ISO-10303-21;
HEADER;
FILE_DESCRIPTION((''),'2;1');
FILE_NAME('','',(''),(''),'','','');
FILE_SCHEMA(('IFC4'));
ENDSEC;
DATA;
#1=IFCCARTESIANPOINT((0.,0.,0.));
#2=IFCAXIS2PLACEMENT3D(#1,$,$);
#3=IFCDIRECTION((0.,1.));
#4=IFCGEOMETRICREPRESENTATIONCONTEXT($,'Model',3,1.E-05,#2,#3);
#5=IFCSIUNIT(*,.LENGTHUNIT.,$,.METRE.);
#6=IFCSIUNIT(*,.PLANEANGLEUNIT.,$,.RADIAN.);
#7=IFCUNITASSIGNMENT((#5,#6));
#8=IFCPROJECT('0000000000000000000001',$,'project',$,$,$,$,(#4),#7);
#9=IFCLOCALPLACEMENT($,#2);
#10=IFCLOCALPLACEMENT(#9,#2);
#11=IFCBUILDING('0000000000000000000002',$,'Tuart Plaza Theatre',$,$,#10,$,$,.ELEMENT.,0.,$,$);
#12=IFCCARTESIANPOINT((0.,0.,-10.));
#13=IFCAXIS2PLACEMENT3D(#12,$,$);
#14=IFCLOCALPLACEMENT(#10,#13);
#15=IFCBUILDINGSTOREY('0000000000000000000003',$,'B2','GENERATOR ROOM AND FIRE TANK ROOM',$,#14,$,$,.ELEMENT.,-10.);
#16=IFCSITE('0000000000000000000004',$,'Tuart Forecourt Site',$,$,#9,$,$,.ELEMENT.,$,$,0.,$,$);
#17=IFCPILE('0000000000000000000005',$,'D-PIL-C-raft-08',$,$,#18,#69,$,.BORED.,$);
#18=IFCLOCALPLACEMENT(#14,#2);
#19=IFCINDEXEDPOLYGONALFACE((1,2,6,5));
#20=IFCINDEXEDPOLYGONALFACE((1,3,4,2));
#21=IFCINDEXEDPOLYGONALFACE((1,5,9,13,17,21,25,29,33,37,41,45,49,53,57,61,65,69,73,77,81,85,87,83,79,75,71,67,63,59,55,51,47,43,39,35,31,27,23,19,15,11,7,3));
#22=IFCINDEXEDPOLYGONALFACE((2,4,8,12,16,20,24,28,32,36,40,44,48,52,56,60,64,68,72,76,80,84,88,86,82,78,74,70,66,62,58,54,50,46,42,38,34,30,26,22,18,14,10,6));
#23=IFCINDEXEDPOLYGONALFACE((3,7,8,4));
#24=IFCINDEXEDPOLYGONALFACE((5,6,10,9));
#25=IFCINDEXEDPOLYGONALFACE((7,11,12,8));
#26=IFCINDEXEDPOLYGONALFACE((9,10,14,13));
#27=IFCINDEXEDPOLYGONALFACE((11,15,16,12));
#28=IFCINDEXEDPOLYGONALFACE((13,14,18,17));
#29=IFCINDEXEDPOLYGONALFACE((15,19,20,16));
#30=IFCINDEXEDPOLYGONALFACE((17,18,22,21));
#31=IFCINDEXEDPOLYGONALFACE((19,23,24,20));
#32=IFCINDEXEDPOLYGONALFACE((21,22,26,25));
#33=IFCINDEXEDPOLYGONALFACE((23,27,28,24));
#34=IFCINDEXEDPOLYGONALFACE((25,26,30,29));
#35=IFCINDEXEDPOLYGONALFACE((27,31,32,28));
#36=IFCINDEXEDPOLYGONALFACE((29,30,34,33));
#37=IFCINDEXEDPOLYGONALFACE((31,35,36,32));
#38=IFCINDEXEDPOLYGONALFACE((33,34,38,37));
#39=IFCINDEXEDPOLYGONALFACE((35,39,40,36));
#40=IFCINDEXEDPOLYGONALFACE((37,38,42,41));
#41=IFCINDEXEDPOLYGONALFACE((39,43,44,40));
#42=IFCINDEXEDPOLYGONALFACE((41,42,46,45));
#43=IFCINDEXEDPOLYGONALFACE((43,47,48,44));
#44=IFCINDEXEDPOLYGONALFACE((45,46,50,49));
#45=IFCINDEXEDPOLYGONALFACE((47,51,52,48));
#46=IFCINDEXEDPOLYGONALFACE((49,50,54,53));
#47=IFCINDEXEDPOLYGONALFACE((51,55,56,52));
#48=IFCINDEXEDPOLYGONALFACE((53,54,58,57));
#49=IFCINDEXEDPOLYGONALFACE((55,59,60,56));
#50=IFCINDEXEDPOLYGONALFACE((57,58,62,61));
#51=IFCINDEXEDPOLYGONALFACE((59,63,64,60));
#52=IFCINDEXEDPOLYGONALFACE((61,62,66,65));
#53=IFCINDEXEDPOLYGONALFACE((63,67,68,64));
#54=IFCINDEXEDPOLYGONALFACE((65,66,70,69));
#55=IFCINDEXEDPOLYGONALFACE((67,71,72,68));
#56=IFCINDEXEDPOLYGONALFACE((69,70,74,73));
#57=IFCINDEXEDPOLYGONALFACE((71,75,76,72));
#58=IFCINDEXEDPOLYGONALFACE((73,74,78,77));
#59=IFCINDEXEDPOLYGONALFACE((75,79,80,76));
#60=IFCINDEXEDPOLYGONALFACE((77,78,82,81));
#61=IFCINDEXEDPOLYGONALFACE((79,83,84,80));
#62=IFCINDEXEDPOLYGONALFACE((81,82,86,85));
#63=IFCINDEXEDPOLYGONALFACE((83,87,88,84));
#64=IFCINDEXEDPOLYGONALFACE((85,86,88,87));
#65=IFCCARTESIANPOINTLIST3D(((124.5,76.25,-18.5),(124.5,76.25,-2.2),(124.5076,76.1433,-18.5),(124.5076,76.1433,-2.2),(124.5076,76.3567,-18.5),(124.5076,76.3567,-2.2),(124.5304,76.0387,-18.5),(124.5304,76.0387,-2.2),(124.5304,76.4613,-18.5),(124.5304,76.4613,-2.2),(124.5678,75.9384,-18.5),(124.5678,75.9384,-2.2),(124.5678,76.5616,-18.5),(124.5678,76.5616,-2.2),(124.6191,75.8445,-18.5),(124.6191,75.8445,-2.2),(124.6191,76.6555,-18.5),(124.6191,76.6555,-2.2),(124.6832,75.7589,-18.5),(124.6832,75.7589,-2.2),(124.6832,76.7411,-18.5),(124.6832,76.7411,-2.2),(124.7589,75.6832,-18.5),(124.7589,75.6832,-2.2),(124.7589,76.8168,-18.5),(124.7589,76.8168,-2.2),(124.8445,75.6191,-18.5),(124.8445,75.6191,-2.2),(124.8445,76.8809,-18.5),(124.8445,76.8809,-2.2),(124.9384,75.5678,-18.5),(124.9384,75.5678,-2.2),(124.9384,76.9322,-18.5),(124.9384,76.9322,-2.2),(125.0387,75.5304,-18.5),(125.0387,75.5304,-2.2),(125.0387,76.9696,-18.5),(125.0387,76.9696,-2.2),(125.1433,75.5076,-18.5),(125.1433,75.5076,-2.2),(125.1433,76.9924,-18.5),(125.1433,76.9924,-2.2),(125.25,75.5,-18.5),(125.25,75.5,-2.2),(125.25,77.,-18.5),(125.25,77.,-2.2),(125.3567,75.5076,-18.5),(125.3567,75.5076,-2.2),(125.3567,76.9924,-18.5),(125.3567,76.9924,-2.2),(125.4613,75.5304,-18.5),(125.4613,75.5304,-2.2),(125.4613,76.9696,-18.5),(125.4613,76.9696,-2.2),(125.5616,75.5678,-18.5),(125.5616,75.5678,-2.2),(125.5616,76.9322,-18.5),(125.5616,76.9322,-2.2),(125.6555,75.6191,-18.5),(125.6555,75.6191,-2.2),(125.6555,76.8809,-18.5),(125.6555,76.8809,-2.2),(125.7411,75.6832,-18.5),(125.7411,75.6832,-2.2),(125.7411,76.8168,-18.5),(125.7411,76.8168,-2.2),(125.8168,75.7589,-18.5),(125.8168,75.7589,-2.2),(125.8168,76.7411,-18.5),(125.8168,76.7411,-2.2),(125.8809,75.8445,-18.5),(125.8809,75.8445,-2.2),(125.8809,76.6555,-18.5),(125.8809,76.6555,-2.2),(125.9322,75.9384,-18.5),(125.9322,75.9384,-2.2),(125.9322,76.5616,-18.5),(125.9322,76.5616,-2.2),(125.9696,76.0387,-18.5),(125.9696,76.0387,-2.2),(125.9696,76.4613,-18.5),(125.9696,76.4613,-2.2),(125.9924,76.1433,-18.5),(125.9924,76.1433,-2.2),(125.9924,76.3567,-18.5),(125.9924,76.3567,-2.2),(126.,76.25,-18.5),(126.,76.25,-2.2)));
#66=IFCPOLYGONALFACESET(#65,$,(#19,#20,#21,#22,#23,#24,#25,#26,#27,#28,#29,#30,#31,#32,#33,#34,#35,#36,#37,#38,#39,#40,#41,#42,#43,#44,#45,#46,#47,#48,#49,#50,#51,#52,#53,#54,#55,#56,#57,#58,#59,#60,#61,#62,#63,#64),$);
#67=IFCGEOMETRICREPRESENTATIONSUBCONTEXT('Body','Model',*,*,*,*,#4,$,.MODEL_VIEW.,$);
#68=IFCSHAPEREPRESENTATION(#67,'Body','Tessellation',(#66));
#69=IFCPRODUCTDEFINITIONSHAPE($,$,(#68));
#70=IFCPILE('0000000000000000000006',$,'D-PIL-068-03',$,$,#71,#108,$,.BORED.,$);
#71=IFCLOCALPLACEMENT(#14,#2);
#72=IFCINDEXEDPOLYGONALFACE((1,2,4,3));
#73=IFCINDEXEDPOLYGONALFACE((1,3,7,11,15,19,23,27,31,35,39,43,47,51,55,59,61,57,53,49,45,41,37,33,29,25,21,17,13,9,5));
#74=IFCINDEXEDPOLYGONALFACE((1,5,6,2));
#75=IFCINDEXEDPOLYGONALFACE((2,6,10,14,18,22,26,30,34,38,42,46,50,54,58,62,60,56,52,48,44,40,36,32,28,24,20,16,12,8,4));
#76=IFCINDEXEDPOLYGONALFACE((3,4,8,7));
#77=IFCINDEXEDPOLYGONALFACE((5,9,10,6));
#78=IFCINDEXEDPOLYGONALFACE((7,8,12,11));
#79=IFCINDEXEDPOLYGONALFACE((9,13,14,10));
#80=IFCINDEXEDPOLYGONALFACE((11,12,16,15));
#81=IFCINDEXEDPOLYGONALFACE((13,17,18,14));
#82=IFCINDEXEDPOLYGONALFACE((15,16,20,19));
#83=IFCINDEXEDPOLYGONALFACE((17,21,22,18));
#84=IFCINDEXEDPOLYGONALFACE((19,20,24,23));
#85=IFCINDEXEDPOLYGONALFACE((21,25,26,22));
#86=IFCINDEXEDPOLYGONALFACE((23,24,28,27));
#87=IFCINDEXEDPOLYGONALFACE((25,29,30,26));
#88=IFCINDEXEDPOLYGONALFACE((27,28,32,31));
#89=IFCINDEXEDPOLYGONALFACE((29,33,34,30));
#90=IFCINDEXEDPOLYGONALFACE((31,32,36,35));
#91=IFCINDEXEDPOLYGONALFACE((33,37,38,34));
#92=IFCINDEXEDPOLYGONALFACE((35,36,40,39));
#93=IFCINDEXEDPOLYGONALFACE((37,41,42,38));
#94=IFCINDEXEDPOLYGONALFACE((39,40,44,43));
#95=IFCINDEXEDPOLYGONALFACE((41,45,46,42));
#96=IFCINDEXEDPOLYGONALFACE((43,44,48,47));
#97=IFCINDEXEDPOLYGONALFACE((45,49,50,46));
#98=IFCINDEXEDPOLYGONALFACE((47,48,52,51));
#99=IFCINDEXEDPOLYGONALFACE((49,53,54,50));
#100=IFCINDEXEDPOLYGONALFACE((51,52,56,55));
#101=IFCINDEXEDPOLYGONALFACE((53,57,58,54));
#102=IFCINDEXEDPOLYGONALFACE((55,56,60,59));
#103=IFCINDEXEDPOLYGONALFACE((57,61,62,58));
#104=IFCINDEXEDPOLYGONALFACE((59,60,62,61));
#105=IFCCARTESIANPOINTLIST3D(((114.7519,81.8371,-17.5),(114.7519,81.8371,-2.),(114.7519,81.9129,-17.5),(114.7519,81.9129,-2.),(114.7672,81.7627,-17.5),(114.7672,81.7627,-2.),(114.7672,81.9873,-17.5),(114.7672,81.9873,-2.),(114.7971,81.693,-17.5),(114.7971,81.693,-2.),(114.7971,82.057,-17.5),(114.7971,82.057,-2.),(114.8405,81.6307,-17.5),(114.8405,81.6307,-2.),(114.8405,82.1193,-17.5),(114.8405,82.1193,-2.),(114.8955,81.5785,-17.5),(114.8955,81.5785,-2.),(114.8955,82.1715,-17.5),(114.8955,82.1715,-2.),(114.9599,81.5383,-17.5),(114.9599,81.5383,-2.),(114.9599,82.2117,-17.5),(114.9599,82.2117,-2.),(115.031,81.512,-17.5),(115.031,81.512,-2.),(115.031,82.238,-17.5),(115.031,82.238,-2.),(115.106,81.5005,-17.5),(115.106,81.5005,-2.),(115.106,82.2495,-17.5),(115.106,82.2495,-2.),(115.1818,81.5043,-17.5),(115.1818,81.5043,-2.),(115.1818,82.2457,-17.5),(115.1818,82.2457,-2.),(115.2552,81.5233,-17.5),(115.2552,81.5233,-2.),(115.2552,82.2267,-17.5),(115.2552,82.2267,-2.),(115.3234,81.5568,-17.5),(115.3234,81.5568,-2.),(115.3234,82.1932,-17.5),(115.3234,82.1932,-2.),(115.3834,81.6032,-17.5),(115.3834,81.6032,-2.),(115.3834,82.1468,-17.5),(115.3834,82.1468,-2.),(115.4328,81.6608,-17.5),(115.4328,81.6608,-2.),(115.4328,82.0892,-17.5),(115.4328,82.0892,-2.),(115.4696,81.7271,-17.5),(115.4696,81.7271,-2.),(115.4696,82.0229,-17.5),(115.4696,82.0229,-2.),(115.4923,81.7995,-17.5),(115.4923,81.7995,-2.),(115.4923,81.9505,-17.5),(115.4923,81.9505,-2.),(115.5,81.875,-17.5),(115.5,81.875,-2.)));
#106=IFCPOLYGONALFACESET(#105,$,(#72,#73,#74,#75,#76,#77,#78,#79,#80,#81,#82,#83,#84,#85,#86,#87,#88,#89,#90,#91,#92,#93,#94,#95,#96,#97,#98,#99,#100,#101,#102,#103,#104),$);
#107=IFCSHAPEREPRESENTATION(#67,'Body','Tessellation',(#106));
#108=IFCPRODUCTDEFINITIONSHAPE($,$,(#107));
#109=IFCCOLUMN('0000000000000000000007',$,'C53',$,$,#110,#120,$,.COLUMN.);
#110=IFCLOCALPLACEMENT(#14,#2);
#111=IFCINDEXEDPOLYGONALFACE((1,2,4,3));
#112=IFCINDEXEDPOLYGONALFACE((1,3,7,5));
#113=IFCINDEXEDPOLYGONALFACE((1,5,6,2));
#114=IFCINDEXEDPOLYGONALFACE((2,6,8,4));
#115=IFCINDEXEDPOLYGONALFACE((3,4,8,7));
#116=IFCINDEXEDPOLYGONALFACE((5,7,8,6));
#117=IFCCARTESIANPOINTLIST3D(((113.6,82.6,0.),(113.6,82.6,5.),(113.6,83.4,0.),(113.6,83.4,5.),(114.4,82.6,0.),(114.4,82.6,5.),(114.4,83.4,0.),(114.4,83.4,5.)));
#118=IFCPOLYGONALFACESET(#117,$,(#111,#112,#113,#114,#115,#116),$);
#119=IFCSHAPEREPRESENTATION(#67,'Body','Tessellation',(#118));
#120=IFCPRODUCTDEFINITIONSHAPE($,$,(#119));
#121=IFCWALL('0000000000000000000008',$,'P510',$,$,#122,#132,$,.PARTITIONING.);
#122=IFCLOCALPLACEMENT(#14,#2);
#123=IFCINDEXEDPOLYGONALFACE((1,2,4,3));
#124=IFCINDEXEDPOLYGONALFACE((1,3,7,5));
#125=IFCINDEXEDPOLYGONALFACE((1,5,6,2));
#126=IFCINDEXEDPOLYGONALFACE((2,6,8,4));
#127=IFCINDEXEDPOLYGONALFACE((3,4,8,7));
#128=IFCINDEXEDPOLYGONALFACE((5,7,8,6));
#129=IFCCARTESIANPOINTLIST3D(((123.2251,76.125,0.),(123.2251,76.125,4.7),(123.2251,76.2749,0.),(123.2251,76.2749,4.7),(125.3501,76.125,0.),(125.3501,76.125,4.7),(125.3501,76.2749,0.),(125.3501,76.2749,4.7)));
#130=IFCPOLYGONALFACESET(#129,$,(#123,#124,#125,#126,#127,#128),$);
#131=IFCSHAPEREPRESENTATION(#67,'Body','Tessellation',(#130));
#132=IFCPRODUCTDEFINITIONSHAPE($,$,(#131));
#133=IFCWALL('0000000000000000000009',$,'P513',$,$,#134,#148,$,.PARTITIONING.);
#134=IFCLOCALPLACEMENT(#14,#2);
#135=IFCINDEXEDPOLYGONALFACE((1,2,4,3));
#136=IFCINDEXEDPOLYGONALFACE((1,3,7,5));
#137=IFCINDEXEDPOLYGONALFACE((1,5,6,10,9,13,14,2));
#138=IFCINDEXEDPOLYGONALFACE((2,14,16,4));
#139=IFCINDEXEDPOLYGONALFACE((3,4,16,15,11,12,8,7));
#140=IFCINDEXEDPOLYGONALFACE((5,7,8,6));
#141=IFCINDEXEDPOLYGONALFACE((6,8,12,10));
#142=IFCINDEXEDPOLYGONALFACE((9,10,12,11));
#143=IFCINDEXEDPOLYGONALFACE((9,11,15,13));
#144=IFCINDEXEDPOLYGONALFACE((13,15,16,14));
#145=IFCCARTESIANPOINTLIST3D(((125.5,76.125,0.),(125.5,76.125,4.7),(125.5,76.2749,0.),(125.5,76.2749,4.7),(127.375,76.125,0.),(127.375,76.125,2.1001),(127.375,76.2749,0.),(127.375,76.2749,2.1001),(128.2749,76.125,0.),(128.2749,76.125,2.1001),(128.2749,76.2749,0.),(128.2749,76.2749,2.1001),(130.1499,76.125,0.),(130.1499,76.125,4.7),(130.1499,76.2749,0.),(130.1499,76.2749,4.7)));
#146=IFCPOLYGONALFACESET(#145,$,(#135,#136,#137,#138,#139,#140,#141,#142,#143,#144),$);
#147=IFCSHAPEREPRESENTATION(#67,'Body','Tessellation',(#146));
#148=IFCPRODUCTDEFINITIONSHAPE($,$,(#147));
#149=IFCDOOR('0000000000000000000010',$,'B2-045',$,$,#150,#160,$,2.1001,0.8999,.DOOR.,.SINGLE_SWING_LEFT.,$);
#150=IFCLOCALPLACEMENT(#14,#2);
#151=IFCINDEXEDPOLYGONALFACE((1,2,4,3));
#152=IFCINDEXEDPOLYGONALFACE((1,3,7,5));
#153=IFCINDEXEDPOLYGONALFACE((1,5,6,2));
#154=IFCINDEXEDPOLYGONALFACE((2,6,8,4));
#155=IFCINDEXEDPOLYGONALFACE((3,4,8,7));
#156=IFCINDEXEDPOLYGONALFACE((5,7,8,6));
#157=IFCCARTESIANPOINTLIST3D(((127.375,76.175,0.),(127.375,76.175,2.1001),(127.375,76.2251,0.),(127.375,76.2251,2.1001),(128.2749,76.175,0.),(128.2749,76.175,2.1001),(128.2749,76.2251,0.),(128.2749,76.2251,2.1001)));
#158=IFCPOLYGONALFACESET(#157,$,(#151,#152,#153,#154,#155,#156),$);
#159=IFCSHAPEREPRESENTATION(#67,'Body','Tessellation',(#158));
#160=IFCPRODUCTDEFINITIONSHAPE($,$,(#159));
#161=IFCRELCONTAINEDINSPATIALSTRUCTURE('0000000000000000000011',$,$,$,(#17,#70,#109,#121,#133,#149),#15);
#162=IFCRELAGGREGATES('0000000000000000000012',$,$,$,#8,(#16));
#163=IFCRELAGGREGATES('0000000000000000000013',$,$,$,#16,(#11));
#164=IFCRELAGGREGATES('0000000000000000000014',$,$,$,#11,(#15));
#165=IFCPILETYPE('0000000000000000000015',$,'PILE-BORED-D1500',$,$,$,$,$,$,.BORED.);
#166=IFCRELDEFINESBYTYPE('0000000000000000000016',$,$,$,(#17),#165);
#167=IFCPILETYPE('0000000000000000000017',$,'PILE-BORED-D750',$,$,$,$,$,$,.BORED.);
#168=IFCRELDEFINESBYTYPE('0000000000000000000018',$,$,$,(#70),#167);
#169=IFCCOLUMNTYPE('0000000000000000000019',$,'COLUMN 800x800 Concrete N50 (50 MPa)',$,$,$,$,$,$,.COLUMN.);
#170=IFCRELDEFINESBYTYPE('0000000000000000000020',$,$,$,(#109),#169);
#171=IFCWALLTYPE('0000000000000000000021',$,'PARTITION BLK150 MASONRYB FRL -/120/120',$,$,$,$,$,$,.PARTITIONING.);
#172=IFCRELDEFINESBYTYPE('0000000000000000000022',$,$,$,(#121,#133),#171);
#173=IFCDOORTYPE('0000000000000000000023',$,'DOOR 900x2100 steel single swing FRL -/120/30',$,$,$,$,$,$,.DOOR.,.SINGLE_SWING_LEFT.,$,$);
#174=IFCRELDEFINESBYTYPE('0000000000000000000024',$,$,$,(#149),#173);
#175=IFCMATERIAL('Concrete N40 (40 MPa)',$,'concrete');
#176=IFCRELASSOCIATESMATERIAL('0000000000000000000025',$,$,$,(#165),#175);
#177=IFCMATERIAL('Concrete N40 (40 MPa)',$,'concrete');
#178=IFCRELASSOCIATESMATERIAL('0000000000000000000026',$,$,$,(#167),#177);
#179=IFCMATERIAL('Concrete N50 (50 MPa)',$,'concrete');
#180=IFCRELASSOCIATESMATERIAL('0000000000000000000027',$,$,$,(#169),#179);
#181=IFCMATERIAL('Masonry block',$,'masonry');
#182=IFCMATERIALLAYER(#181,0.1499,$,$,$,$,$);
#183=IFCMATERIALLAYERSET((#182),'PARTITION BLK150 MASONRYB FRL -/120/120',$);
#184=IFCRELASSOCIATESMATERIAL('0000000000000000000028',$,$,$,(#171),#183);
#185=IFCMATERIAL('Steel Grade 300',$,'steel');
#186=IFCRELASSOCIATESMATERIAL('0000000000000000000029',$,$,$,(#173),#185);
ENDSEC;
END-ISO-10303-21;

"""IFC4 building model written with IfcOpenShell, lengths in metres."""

from ifc_helpers import new_model, si_unit, direction, frame, frame_2d, origin, origin_2d, place, context, subcontext, project, spatial, rectangle, circle, extrude, material, layer, layer_set, material_profile, profile_set, type_object, element, fill, save


model = new_model("IFC4")

# Units and contexts
model_context = context("Model", 3, precision=1e-05, world=origin(), true_north=direction((0.0, 1.0)))
body_context = subcontext(model_context, "Body", "Model", "MODEL_VIEW")
ifc_project = project(units=[si_unit("LENGTHUNIT", "METRE"), si_unit("PLANEANGLEUNIT", "RADIAN")], contexts=[model_context])

# Site, building, storey
site_placement = place(None, origin())
site = spatial("IfcSite", under=ifc_project, at=site_placement, Name="Tuart Forecourt Site", CompositionType="ELEMENT", RefElevation=0.0)
building_placement = place(site_placement, origin())
building = spatial("IfcBuilding", under=site, at=building_placement, Name="Tuart Plaza Theatre", CompositionType="ELEMENT", ElevationOfRefHeight=0.0)
storey_placement = place(building_placement, frame((0.0, 0.0, -10.0)))
storey = spatial("IfcBuildingStorey", under=building, at=storey_placement, Name="B2", Description="GENERATOR ROOM AND FIRE TANK ROOM", CompositionType="ELEMENT", Elevation=-10.0)

# Piles
ifc_material_1 = material(Name="Concrete N40 (40 MPa)", Category="concrete")
ifc_material_profile_1 = material_profile(ifc_material_1, circle(Radius=0.75, at=origin_2d()), Name="PILE-BORED-D1500")
ifc_profile_set_1 = profile_set([ifc_material_profile_1], Name="Concrete N40 (40 MPa)")
pile_type_1 = type_object("IfcPileType", Name="PILE-BORED-D1500", PredefinedType="BORED", material=ifc_profile_set_1)
pile_1_placement = place(storey_placement, frame((125.25, 76.25, -2.2), z_axis=(0.0, 0.0, -1.0), x_axis=(1.0, 0.0, 0.0)))
element("IfcPile", 1, at=pile_1_placement, inside=storey, type_object=pile_type_1, Name="D-PIL-C-raft-08", PredefinedType="BORED", context=body_context, shape_type="SweptSolid", body=[
    extrude(circle(Radius=0.75, at=origin_2d()), origin(), (0.0, 0.0, 1.0), 16.3),
])
ifc_material_2 = material(Name="Concrete N40 (40 MPa)", Category="concrete")
ifc_material_profile_2 = material_profile(ifc_material_2, circle(Radius=0.375, at=origin_2d()), Name="PILE-BORED-D750")
ifc_profile_set_2 = profile_set([ifc_material_profile_2], Name="Concrete N40 (40 MPa)")
pile_type_2 = type_object("IfcPileType", Name="PILE-BORED-D750", PredefinedType="BORED", material=ifc_profile_set_2)
pile_2_placement = place(storey_placement, frame((115.125, 81.875, -2.0), z_axis=(0.0, 0.0, -1.0), x_axis=(1.0, 0.0, 0.0)))
element("IfcPile", 2, at=pile_2_placement, inside=storey, type_object=pile_type_2, Name="D-PIL-068-03", PredefinedType="BORED", context=body_context, shape_type="SweptSolid", body=[
    extrude(circle(Radius=0.375, at=origin_2d()), origin(), (0.0, 0.0, 1.0), 15.5),
])

# Column
ifc_material_3 = material(Name="Concrete N50 (50 MPa)", Category="concrete")
ifc_material_profile_3 = material_profile(ifc_material_3, rectangle(XDim=0.8, YDim=0.8, at=origin_2d()), Name="COLUMN 800x800 Concrete N50 (50 MPa)")
ifc_profile_set_3 = profile_set([ifc_material_profile_3], Name="Concrete N50 (50 MPa)")
column_type = type_object("IfcColumnType", Name="COLUMN 800x800 Concrete N50 (50 MPa)", PredefinedType="COLUMN", material=ifc_profile_set_3)
column_placement = place(storey_placement, frame((114.0, 83.0, 0.0), z_axis=(0.0, 0.0, 1.0), x_axis=(1.0, 0.0, 0.0)))
element("IfcColumn", 3, at=column_placement, inside=storey, type_object=column_type, Name="C53", PredefinedType="COLUMN", context=body_context, shape_type="SweptSolid", body=[
    extrude(rectangle(XDim=0.8, YDim=0.8, at=origin_2d()), origin(), (0.0, 0.0, 1.0), 5.0),
])

# Wall
ifc_material_4 = material(Name="Masonry block", Category="masonry")
ifc_layer_1 = layer(ifc_material_4, 0.1499)
ifc_layer_set_1 = layer_set([ifc_layer_1], Name="PARTITION BLK150 MASONRYB FRL -/120/120")
wall_type_1 = type_object("IfcWallType", Name="PARTITION BLK150 MASONRYB FRL -/120/120", PredefinedType="PARTITIONING", material=ifc_layer_set_1)
wall_1_placement = place(storey_placement, frame((123.2251, 76.2, 0.0), z_axis=(0.0, 0.0, 1.0), x_axis=(1.0, 0.0, 0.0)))
element("IfcWall", 4, at=wall_1_placement, inside=storey, type_object=wall_type_1, Name="P510", PredefinedType="PARTITIONING", context=body_context, shape_type="SweptSolid", body=[
    extrude(rectangle(XDim=2.125, YDim=0.1499, at=frame_2d((1.0625, 0.0))), origin(), (0.0, 0.0, 1.0), 4.7),
])

# Wall, opening, door
wall_2_placement = place(storey_placement, frame((125.5, 76.2, 0.0), z_axis=(0.0, 0.0, 1.0), x_axis=(1.0, 0.0, 0.0)))
wall_2 = element("IfcWall", 5, at=wall_2_placement, inside=storey, type_object=wall_type_1, Name="P513", PredefinedType="PARTITIONING", context=body_context, shape_type="SweptSolid", body=[
    extrude(rectangle(XDim=4.6499, YDim=0.1499, at=frame_2d((2.325, 0.0))), origin(), (0.0, 0.0, 1.0), 4.7),
])
opening_1_placement = place(wall_2_placement, frame((1.875, 0.0, 0.0)))
opening_1 = element("IfcOpeningElement", 6, at=opening_1_placement, cuts=wall_2, PredefinedType="OPENING", context=body_context, shape_type="SweptSolid", body=[
    extrude(rectangle(XDim=0.8999, YDim=2.1001, at=frame_2d((0.45, 1.05))), frame((0.0, 0.085, 0.0), z_axis=(0.0, -1.0, 0.0), x_axis=(1.0, 0.0, 0.0)), (0.0, 0.0, 1.0), 0.1699),
])
ifc_material_5 = material(Name="Steel Grade 300", Category="steel")
door_type_1 = type_object("IfcDoorType", Name="DOOR 900x2100 steel single swing FRL -/120/30", OperationType="SINGLE_SWING_LEFT", PredefinedType="DOOR", material=ifc_material_5)
door_1_placement = place(opening_1_placement, frame((0.8999, 0.0, 0.0), z_axis=(0.0, 0.0, 1.0), x_axis=(-1.0, 0.0, 0.0)))
door_1 = element("IfcDoor", 7, at=door_1_placement, inside=storey, type_object=door_type_1, Name="B2-045", OperationType="SINGLE_SWING_LEFT", OverallHeight=2.1001, OverallWidth=0.8999, PredefinedType="DOOR", context=body_context, shape_type="SweptSolid", body=[
    extrude(rectangle(XDim=0.8999, YDim=2.1001, at=frame_2d((0.45, 1.05))), frame((0.0, 0.0249, 0.0), z_axis=(0.0, -1.0, 0.0), x_axis=(1.0, 0.0, 0.0)), (0.0, 0.0, 1.0), 0.05),
])
fill(opening_1, door_1)

save(model, "model.ifc")
